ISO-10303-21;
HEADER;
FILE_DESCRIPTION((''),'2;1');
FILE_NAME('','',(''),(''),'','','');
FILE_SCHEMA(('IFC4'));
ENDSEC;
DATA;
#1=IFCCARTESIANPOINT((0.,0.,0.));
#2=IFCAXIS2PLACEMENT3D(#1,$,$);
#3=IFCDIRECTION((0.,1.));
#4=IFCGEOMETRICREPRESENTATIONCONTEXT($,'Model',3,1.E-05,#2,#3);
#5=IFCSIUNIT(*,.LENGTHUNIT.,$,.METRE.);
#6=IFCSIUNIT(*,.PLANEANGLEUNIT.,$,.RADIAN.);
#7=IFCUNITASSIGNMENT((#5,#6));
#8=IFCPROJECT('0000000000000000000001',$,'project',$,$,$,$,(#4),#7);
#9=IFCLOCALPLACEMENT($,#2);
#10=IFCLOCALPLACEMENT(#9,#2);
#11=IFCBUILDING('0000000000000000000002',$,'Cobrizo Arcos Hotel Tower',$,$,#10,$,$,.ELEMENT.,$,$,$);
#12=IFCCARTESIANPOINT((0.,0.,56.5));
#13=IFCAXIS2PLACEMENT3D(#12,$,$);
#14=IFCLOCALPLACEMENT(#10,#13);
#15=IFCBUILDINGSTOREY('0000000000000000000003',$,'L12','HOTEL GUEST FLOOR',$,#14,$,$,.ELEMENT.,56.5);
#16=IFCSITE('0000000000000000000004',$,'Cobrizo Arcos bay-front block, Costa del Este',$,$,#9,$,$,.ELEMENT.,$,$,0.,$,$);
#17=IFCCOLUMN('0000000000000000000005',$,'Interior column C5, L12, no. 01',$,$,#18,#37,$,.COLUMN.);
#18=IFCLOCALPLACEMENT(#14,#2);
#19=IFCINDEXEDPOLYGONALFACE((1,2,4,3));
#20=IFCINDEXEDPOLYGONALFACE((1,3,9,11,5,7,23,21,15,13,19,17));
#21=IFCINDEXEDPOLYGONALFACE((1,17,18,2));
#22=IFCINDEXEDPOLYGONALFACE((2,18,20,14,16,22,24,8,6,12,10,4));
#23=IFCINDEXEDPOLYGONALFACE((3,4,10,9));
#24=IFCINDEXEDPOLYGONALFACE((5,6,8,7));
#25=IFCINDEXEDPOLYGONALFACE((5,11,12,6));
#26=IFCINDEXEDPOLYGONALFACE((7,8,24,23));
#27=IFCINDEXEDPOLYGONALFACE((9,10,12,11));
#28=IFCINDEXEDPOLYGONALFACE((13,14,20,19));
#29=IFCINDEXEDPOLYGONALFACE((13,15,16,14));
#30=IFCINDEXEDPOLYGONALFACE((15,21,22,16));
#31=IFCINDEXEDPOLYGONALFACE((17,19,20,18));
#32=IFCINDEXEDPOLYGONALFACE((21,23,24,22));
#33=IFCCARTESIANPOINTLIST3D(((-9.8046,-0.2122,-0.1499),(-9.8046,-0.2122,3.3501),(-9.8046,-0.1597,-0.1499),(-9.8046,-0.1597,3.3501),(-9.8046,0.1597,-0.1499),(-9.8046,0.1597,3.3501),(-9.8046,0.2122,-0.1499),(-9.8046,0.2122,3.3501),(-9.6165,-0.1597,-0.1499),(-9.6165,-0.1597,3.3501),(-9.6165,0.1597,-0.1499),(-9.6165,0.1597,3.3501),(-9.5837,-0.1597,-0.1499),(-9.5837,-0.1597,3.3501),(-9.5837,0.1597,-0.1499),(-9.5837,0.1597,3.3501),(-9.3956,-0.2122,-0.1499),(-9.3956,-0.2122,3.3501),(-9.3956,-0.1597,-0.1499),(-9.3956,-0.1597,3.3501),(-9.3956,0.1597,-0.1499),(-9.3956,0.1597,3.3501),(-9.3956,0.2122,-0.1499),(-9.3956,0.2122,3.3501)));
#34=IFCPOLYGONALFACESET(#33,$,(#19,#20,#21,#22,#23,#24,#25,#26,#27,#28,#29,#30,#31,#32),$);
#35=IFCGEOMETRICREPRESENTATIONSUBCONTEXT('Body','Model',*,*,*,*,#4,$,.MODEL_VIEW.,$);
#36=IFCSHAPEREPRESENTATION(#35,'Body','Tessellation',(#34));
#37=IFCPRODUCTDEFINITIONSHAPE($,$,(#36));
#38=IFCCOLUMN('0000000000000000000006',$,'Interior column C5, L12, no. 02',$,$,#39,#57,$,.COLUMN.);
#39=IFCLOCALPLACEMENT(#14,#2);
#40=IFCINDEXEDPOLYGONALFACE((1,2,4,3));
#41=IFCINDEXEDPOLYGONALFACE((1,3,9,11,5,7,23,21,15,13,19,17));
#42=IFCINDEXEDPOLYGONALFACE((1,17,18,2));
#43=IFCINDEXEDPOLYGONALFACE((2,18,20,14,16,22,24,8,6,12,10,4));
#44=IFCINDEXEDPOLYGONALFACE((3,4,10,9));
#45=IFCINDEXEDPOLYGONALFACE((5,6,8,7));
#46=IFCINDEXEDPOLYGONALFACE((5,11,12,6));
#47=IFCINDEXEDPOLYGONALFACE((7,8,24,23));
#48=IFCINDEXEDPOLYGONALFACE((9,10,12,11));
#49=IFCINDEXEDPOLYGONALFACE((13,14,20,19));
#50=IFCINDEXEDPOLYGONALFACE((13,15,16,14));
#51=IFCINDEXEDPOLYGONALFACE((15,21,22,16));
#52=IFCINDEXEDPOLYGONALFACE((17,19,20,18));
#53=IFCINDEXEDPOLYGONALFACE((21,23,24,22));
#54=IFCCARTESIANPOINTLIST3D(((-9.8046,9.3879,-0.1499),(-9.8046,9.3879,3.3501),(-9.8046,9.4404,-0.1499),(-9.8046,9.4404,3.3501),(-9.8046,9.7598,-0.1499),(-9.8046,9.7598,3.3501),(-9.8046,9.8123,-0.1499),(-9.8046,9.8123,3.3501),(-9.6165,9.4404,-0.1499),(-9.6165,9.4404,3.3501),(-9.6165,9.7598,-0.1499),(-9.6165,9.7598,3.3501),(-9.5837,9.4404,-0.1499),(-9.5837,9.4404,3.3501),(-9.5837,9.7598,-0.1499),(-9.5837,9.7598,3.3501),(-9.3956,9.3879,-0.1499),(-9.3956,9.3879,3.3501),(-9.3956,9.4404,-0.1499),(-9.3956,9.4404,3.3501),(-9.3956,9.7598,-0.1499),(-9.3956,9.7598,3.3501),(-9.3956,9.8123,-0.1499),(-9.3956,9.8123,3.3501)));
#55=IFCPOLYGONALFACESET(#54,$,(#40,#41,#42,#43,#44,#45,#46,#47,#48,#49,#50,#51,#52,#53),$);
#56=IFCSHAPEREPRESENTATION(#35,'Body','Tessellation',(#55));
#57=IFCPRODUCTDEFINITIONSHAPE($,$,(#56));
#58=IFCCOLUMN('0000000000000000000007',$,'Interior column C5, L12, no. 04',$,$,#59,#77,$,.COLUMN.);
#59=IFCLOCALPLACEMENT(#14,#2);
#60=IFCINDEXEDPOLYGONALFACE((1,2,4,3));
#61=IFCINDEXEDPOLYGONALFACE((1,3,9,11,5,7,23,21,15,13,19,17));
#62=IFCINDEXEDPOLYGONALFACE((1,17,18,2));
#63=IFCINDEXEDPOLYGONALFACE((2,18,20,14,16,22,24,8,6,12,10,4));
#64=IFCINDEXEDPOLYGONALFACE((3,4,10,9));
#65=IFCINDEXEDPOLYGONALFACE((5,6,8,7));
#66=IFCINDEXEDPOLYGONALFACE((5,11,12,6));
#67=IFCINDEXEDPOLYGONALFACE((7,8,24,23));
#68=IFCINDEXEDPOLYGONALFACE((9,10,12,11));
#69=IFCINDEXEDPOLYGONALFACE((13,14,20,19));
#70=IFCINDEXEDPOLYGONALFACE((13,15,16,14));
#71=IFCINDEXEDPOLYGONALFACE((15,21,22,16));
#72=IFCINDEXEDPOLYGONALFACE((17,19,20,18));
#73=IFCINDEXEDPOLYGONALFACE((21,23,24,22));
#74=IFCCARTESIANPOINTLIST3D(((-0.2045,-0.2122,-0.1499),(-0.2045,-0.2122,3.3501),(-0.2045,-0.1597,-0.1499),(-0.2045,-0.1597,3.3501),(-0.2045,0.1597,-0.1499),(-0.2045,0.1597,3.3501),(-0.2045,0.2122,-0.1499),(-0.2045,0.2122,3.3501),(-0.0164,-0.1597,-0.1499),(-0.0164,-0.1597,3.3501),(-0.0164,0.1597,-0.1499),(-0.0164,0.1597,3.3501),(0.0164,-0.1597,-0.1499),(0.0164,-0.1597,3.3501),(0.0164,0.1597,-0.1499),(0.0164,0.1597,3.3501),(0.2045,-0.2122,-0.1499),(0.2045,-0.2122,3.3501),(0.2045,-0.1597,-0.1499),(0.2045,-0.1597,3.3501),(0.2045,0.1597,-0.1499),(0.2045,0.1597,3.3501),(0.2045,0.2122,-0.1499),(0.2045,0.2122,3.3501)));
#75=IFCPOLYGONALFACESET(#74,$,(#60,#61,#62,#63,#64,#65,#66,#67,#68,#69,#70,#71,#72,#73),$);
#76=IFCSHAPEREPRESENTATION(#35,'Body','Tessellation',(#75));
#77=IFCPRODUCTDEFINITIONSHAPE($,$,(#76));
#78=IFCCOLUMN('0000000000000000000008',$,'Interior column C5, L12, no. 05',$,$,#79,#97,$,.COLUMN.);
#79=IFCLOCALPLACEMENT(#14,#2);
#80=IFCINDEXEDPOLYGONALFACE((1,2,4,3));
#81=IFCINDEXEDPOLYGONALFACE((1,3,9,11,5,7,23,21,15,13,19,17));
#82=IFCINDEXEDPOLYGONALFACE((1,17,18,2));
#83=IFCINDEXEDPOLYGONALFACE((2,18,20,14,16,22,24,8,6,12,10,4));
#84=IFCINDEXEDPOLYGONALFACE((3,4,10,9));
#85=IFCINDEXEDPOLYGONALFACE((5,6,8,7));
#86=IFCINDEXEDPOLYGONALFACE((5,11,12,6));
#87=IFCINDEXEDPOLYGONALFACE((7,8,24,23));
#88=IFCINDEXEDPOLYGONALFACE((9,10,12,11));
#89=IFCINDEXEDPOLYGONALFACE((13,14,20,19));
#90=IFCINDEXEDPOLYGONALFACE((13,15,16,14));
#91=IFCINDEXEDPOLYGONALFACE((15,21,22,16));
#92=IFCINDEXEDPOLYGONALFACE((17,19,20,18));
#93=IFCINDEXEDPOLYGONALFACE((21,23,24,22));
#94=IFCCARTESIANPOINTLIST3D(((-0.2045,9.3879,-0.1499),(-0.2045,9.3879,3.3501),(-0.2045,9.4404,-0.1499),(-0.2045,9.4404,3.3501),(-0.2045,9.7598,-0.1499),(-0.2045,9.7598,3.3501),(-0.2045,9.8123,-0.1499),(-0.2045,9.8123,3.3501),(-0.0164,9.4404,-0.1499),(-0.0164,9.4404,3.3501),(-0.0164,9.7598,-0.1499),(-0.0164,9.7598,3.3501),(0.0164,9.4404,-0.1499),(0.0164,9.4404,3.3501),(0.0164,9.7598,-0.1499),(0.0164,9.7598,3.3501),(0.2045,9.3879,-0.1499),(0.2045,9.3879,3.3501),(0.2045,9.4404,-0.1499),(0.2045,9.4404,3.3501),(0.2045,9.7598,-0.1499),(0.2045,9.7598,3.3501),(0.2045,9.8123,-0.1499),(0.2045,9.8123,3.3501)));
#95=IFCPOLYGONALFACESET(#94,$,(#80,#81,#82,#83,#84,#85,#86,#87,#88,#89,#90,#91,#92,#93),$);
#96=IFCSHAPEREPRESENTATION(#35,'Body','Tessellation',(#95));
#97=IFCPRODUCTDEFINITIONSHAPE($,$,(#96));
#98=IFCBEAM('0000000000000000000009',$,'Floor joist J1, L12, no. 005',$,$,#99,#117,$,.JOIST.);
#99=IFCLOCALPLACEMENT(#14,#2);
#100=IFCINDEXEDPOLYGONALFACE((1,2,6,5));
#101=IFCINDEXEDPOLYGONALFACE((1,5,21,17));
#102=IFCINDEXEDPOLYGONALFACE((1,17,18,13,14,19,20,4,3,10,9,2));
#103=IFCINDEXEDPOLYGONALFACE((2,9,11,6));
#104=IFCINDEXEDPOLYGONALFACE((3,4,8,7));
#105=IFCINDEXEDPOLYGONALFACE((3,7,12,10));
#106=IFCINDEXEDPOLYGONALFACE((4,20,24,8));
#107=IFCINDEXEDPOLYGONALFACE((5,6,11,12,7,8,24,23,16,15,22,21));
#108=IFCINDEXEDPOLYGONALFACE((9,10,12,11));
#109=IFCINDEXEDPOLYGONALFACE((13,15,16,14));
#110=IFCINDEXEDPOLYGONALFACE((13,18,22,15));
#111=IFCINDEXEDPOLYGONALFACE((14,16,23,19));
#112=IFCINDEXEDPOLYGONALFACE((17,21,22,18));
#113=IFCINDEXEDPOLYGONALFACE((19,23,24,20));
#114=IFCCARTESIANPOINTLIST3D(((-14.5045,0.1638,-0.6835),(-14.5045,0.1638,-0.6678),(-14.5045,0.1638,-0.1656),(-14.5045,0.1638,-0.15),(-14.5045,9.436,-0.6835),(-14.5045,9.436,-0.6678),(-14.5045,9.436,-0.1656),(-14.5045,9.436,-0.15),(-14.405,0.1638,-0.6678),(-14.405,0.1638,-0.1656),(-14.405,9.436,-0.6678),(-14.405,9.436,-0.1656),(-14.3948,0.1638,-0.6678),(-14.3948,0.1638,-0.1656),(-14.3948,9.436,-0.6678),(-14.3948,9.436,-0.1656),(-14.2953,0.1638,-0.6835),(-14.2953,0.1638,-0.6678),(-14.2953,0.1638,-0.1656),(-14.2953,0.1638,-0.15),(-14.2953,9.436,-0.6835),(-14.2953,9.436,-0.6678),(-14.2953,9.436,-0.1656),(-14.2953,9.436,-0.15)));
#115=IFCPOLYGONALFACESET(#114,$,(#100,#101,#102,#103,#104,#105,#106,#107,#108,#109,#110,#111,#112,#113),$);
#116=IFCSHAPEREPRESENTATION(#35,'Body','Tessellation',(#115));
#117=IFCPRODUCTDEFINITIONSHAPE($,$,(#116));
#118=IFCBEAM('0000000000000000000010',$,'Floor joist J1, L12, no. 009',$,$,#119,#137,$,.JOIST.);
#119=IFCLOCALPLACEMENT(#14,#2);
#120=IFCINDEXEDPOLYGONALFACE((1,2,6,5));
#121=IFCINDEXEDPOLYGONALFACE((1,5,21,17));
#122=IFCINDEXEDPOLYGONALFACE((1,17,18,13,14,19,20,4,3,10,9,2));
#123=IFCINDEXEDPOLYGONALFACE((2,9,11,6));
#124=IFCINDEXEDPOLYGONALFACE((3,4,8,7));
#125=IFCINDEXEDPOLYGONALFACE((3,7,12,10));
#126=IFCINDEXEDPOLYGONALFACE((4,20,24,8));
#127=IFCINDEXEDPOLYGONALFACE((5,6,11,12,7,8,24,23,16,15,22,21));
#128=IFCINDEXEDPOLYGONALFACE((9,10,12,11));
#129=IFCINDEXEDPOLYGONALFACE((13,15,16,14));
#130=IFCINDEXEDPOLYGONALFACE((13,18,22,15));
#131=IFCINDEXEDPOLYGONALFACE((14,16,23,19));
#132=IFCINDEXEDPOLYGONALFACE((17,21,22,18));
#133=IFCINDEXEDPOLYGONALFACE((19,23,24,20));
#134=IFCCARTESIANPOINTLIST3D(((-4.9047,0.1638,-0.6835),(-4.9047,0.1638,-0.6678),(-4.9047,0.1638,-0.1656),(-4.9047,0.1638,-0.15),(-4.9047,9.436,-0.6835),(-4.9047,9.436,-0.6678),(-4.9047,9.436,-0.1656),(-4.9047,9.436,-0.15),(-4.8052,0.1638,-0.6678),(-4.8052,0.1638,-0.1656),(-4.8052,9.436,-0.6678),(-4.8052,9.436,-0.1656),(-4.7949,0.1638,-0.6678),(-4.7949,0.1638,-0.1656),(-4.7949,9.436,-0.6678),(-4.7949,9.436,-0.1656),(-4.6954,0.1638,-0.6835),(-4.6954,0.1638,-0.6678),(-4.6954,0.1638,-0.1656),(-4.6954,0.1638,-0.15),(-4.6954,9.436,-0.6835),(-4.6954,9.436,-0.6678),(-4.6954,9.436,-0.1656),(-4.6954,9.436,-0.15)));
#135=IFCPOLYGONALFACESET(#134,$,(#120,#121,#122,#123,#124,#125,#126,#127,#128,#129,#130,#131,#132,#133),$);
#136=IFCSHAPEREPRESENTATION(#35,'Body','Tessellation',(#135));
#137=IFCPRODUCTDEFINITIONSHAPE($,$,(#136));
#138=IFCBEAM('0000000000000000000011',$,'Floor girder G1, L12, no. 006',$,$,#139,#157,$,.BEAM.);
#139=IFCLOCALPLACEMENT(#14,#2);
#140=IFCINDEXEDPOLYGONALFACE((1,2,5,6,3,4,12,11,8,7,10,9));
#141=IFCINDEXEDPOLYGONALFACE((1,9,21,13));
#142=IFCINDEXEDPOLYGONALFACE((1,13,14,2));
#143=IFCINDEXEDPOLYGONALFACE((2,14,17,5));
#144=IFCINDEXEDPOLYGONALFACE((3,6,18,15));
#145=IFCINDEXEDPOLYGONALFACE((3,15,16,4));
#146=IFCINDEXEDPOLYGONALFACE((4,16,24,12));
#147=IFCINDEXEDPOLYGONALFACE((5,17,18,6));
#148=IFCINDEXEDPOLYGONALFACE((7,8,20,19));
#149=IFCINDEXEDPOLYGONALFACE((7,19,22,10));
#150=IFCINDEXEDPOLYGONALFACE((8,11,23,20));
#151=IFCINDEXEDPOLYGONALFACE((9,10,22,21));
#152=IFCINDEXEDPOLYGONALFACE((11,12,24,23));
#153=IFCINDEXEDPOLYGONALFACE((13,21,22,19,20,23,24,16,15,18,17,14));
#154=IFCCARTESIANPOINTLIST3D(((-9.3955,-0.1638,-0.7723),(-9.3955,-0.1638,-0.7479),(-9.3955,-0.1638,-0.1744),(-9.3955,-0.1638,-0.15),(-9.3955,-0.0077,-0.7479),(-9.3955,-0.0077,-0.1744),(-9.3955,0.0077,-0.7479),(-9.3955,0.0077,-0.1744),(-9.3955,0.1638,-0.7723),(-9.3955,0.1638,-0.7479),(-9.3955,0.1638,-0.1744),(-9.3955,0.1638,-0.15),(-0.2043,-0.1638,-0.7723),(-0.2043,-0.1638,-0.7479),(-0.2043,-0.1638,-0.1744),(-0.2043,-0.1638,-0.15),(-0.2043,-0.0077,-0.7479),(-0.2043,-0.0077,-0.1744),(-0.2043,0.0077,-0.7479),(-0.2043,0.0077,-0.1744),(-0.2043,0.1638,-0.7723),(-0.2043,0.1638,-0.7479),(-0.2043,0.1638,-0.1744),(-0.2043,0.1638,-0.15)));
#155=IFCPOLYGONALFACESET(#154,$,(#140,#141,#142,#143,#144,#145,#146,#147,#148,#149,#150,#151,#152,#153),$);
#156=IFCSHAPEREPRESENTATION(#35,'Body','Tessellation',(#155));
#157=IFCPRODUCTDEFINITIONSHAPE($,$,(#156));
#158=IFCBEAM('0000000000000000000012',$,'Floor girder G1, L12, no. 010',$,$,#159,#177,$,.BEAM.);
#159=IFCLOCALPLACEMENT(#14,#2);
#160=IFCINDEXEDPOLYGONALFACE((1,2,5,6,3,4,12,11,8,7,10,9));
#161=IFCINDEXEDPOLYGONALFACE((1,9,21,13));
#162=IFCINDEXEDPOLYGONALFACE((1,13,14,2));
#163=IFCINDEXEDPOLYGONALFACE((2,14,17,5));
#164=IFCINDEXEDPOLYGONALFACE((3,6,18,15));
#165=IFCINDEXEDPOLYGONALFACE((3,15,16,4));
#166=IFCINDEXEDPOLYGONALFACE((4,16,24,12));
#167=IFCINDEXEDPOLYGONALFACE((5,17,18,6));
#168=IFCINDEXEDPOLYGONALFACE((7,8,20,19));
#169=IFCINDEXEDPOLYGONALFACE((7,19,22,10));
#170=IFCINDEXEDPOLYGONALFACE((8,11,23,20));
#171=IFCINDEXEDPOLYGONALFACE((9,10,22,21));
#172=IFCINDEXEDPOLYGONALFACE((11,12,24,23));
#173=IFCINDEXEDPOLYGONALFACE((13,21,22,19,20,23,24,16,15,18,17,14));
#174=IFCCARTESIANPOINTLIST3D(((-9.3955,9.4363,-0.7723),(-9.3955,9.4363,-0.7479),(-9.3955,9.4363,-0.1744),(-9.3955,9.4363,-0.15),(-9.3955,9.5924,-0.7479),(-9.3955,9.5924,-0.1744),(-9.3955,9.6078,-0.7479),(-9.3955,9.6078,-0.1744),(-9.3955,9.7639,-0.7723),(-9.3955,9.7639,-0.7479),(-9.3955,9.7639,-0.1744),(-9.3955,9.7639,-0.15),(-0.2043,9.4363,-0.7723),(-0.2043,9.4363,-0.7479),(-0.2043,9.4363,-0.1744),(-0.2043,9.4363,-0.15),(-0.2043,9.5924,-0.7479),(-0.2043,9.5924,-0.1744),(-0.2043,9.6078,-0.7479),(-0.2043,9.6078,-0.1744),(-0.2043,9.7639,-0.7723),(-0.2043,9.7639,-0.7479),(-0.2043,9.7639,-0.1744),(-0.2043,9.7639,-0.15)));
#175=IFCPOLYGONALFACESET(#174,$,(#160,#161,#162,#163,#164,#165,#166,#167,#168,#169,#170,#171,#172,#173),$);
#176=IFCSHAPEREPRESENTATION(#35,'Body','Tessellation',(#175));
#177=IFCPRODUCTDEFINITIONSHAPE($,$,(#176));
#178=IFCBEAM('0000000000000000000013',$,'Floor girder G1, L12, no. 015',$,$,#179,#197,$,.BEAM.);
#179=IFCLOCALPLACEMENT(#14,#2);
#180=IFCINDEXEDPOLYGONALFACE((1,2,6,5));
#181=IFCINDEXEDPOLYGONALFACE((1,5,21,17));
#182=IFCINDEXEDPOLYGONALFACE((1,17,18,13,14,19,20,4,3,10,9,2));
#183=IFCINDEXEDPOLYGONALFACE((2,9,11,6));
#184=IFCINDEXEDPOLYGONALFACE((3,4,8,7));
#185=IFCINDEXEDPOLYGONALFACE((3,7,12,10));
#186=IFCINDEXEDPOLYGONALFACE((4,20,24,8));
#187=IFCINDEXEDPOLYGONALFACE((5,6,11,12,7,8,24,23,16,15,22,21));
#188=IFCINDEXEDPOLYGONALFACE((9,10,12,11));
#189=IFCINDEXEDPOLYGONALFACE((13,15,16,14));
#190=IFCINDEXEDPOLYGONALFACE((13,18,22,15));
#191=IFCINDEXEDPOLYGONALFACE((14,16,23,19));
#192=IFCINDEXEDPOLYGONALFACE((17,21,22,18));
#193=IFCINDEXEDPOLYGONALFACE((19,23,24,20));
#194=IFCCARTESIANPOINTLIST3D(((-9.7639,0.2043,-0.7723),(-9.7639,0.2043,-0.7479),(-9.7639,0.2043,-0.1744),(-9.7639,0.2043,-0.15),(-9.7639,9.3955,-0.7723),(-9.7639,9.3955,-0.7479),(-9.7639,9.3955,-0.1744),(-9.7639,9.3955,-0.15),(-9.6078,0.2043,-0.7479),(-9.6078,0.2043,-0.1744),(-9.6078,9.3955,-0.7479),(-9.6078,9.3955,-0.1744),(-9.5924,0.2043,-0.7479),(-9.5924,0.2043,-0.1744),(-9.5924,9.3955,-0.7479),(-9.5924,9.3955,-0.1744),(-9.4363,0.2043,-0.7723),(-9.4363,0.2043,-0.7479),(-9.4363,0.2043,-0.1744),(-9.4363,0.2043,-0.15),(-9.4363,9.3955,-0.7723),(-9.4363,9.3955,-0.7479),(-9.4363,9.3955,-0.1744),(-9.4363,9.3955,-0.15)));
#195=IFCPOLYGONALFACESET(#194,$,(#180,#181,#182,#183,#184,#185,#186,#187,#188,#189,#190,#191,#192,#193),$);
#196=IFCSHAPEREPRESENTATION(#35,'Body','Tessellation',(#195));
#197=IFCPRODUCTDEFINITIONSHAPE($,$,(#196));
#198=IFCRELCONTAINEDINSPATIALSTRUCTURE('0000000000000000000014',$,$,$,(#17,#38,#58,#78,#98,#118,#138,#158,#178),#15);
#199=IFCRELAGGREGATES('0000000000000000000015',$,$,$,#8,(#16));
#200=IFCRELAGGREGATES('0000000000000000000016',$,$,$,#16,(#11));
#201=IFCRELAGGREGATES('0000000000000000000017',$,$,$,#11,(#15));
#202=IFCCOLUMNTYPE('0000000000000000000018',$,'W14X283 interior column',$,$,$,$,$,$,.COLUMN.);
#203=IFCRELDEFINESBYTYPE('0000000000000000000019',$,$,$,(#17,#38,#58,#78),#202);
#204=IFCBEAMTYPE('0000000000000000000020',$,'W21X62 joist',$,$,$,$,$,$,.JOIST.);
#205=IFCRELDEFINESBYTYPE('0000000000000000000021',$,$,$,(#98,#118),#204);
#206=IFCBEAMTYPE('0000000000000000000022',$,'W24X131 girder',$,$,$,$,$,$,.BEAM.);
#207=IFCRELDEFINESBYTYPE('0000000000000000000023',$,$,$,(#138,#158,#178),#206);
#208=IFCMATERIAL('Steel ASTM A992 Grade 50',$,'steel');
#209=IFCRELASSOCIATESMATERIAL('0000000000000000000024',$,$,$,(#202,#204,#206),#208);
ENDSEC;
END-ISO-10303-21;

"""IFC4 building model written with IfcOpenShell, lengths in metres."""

from ifc_helpers import new_model, si_unit, direction, frame, origin, origin_2d, place, context, subcontext, project, spatial, i_section, extrude, material, material_profile, profile_set, type_object, element, save


model = new_model("IFC4")

# Units and contexts
model_context = context("Model", 3, precision=1e-05, world=origin(), true_north=direction((0.0, 1.0)))
body_context = subcontext(model_context, "Body", "Model", "MODEL_VIEW")
ifc_project = project(units=[si_unit("LENGTHUNIT", "METRE"), si_unit("PLANEANGLEUNIT", "RADIAN")], contexts=[model_context])

# Site, building, storey
site_placement = place(None, origin())
site = spatial("IfcSite", under=ifc_project, at=site_placement, Name="Cobrizo Arcos bay-front block, Costa del Este", CompositionType="ELEMENT", RefElevation=0.0)
building_placement = place(site_placement, origin())
building = spatial("IfcBuilding", under=site, at=building_placement, Name="Cobrizo Arcos Hotel Tower", CompositionType="ELEMENT")
storey_placement = place(building_placement, frame((0.0, 0.0, 56.5)))
storey = spatial("IfcBuildingStorey", under=building, at=storey_placement, Name="L12", Description="HOTEL GUEST FLOOR", CompositionType="ELEMENT", Elevation=56.5)

# Columns
ifc_material_1 = material(Name="Steel ASTM A992 Grade 50", Category="steel")
ifc_material_profile_1 = material_profile(ifc_material_1, i_section(OverallWidth=0.4089, OverallDepth=0.4243, WebThickness=0.0327, FlangeThickness=0.0525, at=origin_2d()), Name="W14X283")
ifc_profile_set_1 = profile_set([ifc_material_profile_1], Name="Steel ASTM A992 Grade 50")
column_type = type_object("IfcColumnType", Name="W14X283 interior column", PredefinedType="COLUMN", material=ifc_profile_set_1)
for number, where, z_axis, x_axis, name in (
    (1, (-9.6001, 0.0, -0.1499), (0.0, 0.0, 1.0), (1.0, 0.0, 0.0), "Interior column C5, L12, no. 01"),
    (2, (-9.6001, 9.6001, -0.1499), (0.0, 0.0, 1.0), (1.0, 0.0, 0.0), "Interior column C5, L12, no. 02"),
    (3, (0.0, 0.0, -0.1499), (0.0, 0.0, 1.0), (1.0, 0.0, 0.0), "Interior column C5, L12, no. 04"),
    (4, (0.0, 9.6001, -0.1499), (0.0, 0.0, 1.0), (1.0, 0.0, 0.0), "Interior column C5, L12, no. 05"),
):
    element("IfcColumn", number, at=place(storey_placement, frame(where, z_axis=z_axis, x_axis=x_axis)), inside=storey, type_object=column_type, Name=name, PredefinedType="COLUMN", context=body_context, shape_type="SweptSolid", body=[
        extrude(i_section(OverallWidth=0.4089, OverallDepth=0.4243, WebThickness=0.0327, FlangeThickness=0.0525, at=origin_2d()), origin(), (0.0, 0.0, 1.0), 3.5),
    ])

# Beams
ifc_material_profile_2 = material_profile(ifc_material_1, i_section(OverallWidth=0.2092, OverallDepth=0.5334, WebThickness=0.0103, FlangeThickness=0.0156, at=origin_2d()), Name="W21X62")
ifc_profile_set_2 = profile_set([ifc_material_profile_2], Name="Steel ASTM A992 Grade 50")
beam_type_1 = type_object("IfcBeamType", Name="W21X62 joist", PredefinedType="JOIST", material=ifc_profile_set_2)
for number, where, z_axis, x_axis, name in (
    (5, (-14.3999, 0.1638, -0.4167), (0.0, 1.0, 0.0), (-1.0, 0.0, 0.0), "Floor joist J1, L12, no. 005"),
    (6, (-4.8, 0.1638, -0.4167), (0.0, 1.0, 0.0), (-1.0, 0.0, 0.0), "Floor joist J1, L12, no. 009"),
):
    element("IfcBeam", number, at=place(storey_placement, frame(where, z_axis=z_axis, x_axis=x_axis)), inside=storey, type_object=beam_type_1, Name=name, PredefinedType="JOIST", context=body_context, shape_type="SweptSolid", body=[
        extrude(i_section(OverallWidth=0.2092, OverallDepth=0.5334, WebThickness=0.0103, FlangeThickness=0.0156, at=origin_2d()), origin(), (0.0, 0.0, 1.0), 9.2722),
    ])
ifc_material_profile_3 = material_profile(ifc_material_1, i_section(OverallWidth=0.3276, OverallDepth=0.6223, WebThickness=0.0154, FlangeThickness=0.0244, at=origin_2d()), Name="W24X131")
ifc_profile_set_3 = profile_set([ifc_material_profile_3], Name="Steel ASTM A992 Grade 50")
beam_type_2 = type_object("IfcBeamType", Name="W24X131 girder", PredefinedType="BEAM", material=ifc_profile_set_3)
for number, where, z_axis, x_axis, name in (
    (7, (-9.3955, 0.0, -0.4612), (1.0, 0.0, 0.0), (0.0, 1.0, 0.0), "Floor girder G1, L12, no. 006"),
    (8, (-9.3955, 9.6001, -0.4612), (1.0, 0.0, 0.0), (0.0, 1.0, 0.0), "Floor girder G1, L12, no. 010"),
    (9, (-9.6001, 0.2043, -0.4612), (0.0, 1.0, 0.0), (-1.0, 0.0, 0.0), "Floor girder G1, L12, no. 015"),
):
    element("IfcBeam", number, at=place(storey_placement, frame(where, z_axis=z_axis, x_axis=x_axis)), inside=storey, type_object=beam_type_2, Name=name, PredefinedType="BEAM", context=body_context, shape_type="SweptSolid", body=[
        extrude(i_section(OverallWidth=0.3276, OverallDepth=0.6223, WebThickness=0.0154, FlangeThickness=0.0244, at=origin_2d()), origin(), (0.0, 0.0, 1.0), 9.1912),
    ])

save(model, "model.ifc")
